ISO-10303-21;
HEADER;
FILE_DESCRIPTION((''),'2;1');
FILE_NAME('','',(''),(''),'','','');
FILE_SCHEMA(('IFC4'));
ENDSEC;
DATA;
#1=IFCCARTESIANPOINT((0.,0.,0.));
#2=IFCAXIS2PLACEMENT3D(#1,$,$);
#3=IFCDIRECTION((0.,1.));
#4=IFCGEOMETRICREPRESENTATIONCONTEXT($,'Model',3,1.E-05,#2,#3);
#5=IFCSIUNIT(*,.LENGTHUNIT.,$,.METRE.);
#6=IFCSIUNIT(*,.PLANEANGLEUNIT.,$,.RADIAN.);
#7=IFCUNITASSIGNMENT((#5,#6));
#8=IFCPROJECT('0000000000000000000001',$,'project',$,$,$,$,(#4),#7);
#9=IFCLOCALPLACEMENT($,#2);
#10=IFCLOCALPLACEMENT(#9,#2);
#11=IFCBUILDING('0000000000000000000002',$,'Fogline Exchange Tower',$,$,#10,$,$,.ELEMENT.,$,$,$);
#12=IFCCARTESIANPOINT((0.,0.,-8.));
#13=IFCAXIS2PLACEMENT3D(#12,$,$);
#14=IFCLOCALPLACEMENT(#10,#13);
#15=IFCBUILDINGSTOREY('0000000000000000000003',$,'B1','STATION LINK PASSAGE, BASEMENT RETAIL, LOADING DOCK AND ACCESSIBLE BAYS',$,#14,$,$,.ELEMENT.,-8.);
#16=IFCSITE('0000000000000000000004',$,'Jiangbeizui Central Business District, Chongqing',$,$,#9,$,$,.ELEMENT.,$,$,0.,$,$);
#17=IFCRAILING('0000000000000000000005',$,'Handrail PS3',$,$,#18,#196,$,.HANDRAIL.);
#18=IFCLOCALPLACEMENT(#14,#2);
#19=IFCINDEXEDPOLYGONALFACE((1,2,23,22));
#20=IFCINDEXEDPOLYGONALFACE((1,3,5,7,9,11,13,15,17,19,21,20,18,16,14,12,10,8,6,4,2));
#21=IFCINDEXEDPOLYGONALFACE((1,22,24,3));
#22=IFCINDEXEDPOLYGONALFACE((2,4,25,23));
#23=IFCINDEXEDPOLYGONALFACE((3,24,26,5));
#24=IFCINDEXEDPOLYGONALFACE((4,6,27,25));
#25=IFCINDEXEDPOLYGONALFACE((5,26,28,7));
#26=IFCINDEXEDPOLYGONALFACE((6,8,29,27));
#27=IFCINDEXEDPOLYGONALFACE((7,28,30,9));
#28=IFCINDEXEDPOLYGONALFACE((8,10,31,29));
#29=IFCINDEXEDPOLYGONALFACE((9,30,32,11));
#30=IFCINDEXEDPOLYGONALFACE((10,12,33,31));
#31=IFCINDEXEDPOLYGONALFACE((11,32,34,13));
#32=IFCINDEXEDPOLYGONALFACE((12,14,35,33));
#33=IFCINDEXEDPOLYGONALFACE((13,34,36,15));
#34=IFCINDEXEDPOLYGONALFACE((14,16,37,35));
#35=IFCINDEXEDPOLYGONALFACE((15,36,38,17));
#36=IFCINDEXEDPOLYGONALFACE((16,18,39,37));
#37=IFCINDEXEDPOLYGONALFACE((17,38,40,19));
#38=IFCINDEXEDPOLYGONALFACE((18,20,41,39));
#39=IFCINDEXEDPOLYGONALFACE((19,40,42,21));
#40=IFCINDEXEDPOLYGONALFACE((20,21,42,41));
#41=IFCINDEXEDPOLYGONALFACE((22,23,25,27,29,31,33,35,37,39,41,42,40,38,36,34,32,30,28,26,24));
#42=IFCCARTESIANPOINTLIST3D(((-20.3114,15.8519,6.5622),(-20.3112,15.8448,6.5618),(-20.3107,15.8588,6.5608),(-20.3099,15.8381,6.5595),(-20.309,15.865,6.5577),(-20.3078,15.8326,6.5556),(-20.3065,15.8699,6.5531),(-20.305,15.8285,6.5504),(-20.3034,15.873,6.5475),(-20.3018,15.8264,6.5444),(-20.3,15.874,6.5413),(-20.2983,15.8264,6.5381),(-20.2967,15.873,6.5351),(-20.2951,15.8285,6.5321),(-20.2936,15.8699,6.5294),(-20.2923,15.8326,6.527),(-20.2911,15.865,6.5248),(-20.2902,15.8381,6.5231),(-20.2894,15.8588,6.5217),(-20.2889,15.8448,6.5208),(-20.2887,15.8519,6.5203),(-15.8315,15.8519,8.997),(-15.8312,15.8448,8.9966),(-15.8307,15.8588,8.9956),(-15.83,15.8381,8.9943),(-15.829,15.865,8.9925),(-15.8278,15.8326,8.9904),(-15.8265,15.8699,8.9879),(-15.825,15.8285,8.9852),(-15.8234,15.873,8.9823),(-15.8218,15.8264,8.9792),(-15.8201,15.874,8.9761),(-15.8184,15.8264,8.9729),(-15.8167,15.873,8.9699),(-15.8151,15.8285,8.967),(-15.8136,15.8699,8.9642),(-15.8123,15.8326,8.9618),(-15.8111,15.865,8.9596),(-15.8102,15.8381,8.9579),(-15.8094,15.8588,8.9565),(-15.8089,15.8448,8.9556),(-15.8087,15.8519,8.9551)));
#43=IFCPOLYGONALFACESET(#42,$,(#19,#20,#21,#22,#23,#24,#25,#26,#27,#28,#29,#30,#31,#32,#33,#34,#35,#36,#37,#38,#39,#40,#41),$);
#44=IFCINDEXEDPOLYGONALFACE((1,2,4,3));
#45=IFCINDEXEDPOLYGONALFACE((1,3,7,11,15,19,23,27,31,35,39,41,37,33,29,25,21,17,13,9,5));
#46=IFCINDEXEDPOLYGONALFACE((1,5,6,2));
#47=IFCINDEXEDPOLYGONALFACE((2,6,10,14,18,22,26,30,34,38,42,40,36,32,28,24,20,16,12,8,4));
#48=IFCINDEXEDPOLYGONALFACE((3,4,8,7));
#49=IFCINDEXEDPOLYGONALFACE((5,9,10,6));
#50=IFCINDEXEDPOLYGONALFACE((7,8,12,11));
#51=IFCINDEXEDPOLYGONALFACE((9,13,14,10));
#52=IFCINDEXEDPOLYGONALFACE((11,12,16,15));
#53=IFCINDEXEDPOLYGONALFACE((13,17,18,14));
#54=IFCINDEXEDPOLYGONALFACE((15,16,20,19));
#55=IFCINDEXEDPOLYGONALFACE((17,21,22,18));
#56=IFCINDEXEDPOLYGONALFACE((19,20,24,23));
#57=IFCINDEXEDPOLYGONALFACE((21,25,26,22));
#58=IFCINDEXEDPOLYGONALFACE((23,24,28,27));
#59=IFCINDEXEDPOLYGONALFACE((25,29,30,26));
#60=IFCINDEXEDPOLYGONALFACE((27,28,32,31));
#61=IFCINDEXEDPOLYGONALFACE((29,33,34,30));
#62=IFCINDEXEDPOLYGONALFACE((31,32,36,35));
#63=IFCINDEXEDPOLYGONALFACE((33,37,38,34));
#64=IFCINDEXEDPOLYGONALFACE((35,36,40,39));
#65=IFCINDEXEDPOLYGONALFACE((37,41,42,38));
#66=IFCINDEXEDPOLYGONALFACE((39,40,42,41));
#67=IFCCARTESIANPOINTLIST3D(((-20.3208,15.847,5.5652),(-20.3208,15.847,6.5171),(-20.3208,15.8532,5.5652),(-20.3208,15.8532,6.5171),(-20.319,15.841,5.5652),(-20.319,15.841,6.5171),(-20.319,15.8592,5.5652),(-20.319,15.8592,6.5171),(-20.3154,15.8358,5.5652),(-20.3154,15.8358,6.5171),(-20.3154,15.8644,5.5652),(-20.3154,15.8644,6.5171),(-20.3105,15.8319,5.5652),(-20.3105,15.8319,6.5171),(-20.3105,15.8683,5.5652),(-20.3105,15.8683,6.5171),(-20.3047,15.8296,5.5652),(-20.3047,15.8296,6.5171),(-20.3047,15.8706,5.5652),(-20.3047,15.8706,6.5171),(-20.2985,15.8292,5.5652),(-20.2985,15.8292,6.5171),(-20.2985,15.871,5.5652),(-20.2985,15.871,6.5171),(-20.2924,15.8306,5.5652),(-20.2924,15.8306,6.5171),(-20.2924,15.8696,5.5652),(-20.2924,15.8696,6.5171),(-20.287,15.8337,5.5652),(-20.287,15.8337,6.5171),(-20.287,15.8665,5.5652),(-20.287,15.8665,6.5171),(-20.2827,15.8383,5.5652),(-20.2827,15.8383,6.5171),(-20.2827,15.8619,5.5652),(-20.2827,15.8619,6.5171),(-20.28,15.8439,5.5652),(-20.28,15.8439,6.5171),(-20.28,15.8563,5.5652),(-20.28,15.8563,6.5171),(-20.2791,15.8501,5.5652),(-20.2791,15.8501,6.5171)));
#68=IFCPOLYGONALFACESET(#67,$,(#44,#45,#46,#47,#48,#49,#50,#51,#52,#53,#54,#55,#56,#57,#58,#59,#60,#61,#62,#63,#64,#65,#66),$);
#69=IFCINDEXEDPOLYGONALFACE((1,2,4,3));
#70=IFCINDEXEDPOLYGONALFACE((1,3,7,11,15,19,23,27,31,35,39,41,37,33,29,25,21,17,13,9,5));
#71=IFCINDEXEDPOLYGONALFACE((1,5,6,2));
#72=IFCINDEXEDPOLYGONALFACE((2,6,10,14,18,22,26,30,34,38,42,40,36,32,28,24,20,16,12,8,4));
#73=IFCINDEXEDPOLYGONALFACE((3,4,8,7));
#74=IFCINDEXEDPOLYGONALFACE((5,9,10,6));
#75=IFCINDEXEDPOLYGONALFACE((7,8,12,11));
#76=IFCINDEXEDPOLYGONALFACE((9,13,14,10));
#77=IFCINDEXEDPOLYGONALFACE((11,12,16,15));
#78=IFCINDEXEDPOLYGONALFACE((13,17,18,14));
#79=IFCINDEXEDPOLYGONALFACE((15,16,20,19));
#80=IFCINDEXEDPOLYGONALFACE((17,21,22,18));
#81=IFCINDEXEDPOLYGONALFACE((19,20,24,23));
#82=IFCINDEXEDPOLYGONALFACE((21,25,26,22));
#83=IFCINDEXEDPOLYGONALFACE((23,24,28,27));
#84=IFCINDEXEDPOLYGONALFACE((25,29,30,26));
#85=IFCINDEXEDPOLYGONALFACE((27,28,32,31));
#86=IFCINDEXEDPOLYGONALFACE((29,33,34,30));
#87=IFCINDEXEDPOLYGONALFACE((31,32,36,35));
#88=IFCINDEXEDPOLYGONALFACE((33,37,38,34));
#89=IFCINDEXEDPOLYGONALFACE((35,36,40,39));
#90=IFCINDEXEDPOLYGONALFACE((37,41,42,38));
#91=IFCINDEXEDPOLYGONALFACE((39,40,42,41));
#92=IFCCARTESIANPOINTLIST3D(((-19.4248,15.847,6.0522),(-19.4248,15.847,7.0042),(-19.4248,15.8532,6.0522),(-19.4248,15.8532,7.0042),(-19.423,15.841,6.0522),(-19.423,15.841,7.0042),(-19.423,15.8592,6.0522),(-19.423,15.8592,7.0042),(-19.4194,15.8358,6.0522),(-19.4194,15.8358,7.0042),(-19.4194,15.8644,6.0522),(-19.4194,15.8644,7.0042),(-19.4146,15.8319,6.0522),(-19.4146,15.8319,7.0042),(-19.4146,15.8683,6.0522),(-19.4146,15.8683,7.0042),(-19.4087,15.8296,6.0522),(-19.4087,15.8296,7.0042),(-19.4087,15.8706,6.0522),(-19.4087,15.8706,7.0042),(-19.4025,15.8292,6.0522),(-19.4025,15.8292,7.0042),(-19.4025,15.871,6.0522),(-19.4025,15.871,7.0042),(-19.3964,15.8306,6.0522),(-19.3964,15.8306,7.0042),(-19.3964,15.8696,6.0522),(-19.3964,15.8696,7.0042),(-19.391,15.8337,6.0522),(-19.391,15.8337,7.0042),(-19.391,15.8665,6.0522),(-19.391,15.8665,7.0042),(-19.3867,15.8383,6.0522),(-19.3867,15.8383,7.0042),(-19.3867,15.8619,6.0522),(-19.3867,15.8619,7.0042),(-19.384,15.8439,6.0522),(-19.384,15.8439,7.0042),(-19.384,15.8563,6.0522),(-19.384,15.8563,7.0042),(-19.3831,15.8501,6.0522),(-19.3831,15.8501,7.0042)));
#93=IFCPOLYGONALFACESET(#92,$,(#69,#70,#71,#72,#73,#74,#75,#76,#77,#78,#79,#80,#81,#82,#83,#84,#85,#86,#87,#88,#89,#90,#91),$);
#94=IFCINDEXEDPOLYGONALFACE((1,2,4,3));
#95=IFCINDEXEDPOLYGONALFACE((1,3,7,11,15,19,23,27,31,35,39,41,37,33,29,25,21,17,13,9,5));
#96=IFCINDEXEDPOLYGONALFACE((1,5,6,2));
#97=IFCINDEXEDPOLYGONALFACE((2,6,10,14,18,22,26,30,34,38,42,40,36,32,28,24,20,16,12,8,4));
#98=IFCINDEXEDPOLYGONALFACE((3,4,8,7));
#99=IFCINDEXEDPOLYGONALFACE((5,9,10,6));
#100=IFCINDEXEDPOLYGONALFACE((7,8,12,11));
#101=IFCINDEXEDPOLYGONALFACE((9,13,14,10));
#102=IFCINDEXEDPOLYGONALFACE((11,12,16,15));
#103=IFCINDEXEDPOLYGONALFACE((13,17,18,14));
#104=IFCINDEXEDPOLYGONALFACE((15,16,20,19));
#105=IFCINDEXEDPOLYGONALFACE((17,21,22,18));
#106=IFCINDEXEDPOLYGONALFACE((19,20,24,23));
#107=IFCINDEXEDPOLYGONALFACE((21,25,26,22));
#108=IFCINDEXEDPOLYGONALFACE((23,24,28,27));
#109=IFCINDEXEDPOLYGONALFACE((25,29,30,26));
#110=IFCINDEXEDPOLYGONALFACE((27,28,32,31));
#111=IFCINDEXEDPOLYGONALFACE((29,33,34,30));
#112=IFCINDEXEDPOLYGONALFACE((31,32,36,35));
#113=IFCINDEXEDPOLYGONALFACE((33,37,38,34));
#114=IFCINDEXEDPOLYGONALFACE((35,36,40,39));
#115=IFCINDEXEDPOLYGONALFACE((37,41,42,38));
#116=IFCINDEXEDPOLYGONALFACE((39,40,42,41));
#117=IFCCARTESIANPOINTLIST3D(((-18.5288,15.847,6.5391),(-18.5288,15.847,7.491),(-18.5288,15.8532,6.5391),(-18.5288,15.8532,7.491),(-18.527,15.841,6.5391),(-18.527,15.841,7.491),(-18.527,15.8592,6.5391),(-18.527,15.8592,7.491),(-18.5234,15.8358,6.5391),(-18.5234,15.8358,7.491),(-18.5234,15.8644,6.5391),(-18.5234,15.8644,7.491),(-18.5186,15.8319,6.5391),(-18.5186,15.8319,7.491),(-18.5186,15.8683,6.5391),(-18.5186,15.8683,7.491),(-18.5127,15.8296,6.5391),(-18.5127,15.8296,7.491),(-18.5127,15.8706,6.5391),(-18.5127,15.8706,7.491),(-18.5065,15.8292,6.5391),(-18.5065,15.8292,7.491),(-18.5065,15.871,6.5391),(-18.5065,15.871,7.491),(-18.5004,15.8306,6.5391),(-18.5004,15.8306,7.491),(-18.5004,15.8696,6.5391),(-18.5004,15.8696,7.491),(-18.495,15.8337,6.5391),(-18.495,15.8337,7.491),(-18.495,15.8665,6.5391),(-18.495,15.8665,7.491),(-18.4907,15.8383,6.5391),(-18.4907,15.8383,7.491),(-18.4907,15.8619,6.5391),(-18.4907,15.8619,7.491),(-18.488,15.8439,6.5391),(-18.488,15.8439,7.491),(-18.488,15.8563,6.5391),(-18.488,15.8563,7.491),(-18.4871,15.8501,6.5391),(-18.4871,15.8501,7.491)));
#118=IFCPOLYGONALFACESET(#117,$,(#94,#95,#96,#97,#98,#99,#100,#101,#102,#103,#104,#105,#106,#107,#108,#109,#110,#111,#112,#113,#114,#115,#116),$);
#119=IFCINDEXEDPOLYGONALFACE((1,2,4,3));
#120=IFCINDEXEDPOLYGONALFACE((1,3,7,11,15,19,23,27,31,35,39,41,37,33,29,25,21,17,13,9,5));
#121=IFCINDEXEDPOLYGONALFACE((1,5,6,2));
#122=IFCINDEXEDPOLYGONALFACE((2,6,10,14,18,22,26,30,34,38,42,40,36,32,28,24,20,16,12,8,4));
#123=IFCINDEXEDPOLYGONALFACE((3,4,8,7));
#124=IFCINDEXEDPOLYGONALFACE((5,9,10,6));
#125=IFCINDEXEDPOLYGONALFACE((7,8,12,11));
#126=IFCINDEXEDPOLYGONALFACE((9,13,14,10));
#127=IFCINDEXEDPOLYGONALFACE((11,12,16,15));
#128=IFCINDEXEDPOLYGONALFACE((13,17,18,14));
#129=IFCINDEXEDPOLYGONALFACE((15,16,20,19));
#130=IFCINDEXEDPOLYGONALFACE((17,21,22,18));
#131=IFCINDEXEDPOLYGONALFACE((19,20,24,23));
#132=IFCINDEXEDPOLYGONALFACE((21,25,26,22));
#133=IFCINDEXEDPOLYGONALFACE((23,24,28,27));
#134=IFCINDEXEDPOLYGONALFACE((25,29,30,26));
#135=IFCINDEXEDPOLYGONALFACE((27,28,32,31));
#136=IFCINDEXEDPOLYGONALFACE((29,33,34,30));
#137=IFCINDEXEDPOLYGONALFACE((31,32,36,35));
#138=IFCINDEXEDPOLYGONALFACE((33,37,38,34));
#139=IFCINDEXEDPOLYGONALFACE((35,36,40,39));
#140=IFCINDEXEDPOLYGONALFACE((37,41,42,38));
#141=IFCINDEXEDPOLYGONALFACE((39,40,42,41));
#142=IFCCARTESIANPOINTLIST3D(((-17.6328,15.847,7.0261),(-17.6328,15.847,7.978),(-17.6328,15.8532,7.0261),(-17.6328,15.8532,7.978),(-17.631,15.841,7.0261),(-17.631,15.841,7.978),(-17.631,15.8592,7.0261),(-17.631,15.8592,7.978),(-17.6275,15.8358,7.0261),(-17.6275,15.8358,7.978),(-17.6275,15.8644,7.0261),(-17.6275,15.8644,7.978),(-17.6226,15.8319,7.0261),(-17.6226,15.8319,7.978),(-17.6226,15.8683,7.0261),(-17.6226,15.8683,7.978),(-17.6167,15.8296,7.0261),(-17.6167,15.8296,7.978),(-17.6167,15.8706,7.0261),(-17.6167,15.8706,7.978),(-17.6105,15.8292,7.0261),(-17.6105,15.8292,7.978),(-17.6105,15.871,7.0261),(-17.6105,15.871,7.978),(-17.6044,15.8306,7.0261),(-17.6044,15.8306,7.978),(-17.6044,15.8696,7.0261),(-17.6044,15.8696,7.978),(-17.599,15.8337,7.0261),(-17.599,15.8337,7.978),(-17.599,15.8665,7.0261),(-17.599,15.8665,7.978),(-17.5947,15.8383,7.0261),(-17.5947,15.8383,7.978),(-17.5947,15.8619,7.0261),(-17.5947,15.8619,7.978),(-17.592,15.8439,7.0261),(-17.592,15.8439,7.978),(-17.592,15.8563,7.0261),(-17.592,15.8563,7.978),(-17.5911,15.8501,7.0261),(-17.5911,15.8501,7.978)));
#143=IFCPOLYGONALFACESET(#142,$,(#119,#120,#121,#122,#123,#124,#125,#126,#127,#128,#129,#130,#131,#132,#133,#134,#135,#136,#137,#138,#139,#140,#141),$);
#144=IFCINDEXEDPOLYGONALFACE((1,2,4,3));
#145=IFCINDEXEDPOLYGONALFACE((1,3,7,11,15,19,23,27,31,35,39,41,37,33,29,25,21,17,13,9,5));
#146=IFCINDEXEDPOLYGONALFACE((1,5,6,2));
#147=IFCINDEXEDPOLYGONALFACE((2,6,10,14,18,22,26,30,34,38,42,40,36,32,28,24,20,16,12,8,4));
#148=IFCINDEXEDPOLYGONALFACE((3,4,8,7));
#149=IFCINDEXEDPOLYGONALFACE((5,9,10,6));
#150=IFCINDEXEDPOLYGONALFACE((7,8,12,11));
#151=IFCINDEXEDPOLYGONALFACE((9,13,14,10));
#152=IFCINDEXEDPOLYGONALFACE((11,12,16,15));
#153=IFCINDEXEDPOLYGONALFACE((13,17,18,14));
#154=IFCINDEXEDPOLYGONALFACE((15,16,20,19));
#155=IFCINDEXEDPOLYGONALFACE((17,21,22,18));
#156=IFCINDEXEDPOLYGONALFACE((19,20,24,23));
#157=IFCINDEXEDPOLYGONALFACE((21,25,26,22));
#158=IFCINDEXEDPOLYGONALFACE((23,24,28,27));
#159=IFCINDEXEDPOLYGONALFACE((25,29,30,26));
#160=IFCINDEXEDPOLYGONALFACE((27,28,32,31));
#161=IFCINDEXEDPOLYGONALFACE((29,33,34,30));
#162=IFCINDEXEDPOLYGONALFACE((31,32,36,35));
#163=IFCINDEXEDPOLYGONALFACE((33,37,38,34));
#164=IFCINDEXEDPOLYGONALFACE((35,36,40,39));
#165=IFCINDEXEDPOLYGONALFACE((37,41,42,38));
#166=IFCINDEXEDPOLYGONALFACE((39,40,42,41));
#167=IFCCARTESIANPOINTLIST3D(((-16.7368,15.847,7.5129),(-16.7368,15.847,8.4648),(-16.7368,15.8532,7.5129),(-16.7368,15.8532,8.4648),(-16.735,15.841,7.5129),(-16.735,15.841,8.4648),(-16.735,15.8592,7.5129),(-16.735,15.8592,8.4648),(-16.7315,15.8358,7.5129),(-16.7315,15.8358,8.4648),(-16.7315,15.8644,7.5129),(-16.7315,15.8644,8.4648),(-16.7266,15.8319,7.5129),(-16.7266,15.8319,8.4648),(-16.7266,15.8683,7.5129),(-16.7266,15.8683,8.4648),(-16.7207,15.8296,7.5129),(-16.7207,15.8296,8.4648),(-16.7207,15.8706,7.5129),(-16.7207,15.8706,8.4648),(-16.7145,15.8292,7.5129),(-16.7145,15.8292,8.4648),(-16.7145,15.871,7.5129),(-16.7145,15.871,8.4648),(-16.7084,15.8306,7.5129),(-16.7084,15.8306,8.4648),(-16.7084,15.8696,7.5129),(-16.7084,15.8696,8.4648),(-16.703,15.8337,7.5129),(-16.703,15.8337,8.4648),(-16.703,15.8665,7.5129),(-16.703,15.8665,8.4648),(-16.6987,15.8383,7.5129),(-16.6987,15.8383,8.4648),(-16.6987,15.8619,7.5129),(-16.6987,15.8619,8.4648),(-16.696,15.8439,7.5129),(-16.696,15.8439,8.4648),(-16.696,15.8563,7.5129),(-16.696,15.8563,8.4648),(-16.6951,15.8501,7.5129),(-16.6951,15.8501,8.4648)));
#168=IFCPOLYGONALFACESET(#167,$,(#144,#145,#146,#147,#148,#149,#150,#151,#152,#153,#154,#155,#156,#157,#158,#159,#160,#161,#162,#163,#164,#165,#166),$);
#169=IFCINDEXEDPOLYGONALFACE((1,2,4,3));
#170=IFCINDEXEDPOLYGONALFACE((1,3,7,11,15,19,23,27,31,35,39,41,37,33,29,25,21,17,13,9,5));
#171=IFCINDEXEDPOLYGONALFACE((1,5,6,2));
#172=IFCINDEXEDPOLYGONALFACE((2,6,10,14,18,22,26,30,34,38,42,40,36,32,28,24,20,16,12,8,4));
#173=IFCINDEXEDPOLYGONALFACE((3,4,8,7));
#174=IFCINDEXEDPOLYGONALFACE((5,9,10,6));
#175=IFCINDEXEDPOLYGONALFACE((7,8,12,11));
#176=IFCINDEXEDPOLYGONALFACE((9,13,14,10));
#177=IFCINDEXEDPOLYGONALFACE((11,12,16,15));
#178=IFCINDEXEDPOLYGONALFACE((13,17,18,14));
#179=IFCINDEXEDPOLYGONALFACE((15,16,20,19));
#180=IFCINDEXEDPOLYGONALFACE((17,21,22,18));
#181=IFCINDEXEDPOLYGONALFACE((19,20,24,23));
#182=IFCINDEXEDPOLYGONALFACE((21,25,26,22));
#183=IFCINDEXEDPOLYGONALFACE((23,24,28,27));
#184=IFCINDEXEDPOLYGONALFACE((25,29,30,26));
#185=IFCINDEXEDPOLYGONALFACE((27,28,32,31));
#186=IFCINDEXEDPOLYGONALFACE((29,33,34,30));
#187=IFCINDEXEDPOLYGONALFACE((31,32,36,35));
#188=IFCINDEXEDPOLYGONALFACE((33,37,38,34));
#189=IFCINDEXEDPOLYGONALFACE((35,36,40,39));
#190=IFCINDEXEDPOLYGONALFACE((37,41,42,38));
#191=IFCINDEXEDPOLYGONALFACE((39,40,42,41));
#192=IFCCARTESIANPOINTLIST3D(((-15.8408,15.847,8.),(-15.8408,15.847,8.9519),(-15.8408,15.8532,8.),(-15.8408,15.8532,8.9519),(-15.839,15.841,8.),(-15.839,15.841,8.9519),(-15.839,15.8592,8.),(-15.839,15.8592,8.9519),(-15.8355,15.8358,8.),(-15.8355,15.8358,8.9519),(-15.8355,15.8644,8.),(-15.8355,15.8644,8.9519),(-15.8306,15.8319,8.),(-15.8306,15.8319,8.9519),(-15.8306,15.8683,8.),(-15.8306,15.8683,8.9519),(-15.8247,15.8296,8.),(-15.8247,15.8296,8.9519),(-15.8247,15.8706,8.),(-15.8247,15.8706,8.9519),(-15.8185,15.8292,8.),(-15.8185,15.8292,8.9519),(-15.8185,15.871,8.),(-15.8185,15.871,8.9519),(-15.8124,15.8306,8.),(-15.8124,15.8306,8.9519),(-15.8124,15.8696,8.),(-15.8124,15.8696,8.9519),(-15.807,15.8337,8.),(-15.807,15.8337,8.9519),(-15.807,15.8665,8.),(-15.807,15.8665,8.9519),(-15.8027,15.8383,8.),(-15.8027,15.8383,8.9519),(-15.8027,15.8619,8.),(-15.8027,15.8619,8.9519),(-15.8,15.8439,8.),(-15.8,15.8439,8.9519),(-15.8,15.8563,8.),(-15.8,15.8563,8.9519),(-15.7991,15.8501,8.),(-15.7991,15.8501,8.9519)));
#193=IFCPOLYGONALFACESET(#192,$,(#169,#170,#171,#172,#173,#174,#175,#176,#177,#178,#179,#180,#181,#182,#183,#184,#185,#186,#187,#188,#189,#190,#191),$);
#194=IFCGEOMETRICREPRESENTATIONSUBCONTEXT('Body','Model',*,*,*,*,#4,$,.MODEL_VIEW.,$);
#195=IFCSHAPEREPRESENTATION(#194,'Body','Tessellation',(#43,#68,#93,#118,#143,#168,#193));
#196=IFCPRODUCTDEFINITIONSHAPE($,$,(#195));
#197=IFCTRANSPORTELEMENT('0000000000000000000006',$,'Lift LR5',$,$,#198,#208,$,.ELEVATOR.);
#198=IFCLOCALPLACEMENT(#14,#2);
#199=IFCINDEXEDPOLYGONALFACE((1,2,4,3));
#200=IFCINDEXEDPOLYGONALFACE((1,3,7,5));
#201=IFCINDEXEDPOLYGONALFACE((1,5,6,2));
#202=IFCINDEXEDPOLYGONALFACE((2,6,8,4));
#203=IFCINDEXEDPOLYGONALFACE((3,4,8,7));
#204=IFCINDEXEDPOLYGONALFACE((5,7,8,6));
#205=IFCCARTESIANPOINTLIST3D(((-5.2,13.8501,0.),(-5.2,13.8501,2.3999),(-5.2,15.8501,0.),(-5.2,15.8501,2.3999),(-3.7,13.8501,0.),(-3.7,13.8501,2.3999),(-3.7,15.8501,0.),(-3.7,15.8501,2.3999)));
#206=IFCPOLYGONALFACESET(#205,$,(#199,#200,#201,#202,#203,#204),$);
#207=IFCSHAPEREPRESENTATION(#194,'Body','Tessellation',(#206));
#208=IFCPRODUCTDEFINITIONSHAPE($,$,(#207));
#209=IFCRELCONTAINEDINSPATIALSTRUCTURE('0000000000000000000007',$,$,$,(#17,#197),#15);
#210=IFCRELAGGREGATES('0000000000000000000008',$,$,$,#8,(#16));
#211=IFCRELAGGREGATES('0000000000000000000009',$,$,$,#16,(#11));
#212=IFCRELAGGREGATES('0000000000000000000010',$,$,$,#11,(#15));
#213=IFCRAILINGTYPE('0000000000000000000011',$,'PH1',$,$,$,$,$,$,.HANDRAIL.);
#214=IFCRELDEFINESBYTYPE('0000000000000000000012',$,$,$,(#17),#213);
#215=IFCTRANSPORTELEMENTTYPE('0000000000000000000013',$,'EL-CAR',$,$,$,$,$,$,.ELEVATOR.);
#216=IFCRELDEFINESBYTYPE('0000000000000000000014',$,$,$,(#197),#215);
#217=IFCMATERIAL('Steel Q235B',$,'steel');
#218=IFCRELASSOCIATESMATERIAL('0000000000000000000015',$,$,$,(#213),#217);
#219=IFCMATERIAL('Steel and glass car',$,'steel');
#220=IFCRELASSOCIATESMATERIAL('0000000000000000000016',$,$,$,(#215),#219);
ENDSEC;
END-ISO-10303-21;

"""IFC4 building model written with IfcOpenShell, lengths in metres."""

from ifc_helpers import new_model, si_unit, direction, frame, origin, origin_2d, place, context, subcontext, project, spatial, rectangle, circle, extrude, material, type_object, element, save


model = new_model("IFC4")

# Units and contexts
model_context = context("Model", 3, precision=1e-05, world=origin(), true_north=direction((0.0, 1.0)))
body_context = subcontext(model_context, "Body", "Model", "MODEL_VIEW")
ifc_project = project(units=[si_unit("LENGTHUNIT", "METRE"), si_unit("PLANEANGLEUNIT", "RADIAN")], contexts=[model_context])

# Site, building, storey
site_placement = place(None, origin())
site = spatial("IfcSite", under=ifc_project, at=site_placement, Name="Jiangbeizui Central Business District, Chongqing", CompositionType="ELEMENT", RefElevation=0.0)
building_placement = place(site_placement, origin())
building = spatial("IfcBuilding", under=site, at=building_placement, Name="Fogline Exchange Tower", CompositionType="ELEMENT")
storey_placement = place(building_placement, frame((0.0, 0.0, -8.0)))
storey = spatial("IfcBuildingStorey", under=building, at=storey_placement, Name="B1", Description="STATION LINK PASSAGE, BASEMENT RETAIL, LOADING DOCK AND ACCESSIBLE BAYS", CompositionType="ELEMENT", Elevation=-8.0)

# Shared definitions
ifc_material_1 = material(Name="Steel Q235B", Category="steel")

# Railing
railing_type_1 = type_object("IfcRailingType", Name="PH1", PredefinedType="HANDRAIL", material=ifc_material_1)
railing_1_placement = place(storey_placement, frame((-20.3, 15.8501, 5.5652)))
element("IfcRailing", 1, at=railing_1_placement, inside=storey, type_object=railing_type_1, Name="Handrail PS3", PredefinedType="HANDRAIL", context=body_context, shape_type="SweptSolid", body=[
    extrude(circle(Radius=0.0239, at=origin_2d()), frame((0.0, 0.0, 0.9761), z_axis=(0.878621, 0.0, 0.47752), x_axis=(0.0, 1.0, 0.0)), (0.0, 0.0, 1.0), 5.0989),
    extrude(circle(Radius=0.021, at=origin_2d()), origin(), (0.0, 0.0, 1.0), 0.9519),
    extrude(circle(Radius=0.021, at=origin_2d()), frame((0.896, 0.0, 0.4871)), (0.0, 0.0, 1.0), 0.9519),
    extrude(circle(Radius=0.021, at=origin_2d()), frame((1.792, 0.0, 0.9739)), (0.0, 0.0, 1.0), 0.9519),
    extrude(circle(Radius=0.021, at=origin_2d()), frame((2.688, 0.0, 1.4609)), (0.0, 0.0, 1.0), 0.9519),
    extrude(circle(Radius=0.021, at=origin_2d()), frame((3.584, 0.0, 1.9478)), (0.0, 0.0, 1.0), 0.9519),
    extrude(circle(Radius=0.021, at=origin_2d()), frame((4.48, 0.0, 2.4348)), (0.0, 0.0, 1.0), 0.9519),
])

# Transport element
ifc_material_2 = material(Name="Steel and glass car", Category="steel")
transport_element_type_1 = type_object("IfcTransportElementType", Name="EL-CAR", PredefinedType="ELEVATOR", material=ifc_material_2)
transport_element_1_placement = place(storey_placement, frame((-4.45, 14.8501, 0.0), z_axis=(0.0, 0.0, 1.0), x_axis=(1.0, 0.0, 0.0)))
element("IfcTransportElement", 2, at=transport_element_1_placement, inside=storey, type_object=transport_element_type_1, Name="Lift LR5", PredefinedType="ELEVATOR", context=body_context, shape_type="SweptSolid", body=[
    extrude(rectangle(XDim=1.5, YDim=2.0, at=origin_2d()), origin(), (0.0, 0.0, 1.0), 2.3999),
])

save(model, "model.ifc")
